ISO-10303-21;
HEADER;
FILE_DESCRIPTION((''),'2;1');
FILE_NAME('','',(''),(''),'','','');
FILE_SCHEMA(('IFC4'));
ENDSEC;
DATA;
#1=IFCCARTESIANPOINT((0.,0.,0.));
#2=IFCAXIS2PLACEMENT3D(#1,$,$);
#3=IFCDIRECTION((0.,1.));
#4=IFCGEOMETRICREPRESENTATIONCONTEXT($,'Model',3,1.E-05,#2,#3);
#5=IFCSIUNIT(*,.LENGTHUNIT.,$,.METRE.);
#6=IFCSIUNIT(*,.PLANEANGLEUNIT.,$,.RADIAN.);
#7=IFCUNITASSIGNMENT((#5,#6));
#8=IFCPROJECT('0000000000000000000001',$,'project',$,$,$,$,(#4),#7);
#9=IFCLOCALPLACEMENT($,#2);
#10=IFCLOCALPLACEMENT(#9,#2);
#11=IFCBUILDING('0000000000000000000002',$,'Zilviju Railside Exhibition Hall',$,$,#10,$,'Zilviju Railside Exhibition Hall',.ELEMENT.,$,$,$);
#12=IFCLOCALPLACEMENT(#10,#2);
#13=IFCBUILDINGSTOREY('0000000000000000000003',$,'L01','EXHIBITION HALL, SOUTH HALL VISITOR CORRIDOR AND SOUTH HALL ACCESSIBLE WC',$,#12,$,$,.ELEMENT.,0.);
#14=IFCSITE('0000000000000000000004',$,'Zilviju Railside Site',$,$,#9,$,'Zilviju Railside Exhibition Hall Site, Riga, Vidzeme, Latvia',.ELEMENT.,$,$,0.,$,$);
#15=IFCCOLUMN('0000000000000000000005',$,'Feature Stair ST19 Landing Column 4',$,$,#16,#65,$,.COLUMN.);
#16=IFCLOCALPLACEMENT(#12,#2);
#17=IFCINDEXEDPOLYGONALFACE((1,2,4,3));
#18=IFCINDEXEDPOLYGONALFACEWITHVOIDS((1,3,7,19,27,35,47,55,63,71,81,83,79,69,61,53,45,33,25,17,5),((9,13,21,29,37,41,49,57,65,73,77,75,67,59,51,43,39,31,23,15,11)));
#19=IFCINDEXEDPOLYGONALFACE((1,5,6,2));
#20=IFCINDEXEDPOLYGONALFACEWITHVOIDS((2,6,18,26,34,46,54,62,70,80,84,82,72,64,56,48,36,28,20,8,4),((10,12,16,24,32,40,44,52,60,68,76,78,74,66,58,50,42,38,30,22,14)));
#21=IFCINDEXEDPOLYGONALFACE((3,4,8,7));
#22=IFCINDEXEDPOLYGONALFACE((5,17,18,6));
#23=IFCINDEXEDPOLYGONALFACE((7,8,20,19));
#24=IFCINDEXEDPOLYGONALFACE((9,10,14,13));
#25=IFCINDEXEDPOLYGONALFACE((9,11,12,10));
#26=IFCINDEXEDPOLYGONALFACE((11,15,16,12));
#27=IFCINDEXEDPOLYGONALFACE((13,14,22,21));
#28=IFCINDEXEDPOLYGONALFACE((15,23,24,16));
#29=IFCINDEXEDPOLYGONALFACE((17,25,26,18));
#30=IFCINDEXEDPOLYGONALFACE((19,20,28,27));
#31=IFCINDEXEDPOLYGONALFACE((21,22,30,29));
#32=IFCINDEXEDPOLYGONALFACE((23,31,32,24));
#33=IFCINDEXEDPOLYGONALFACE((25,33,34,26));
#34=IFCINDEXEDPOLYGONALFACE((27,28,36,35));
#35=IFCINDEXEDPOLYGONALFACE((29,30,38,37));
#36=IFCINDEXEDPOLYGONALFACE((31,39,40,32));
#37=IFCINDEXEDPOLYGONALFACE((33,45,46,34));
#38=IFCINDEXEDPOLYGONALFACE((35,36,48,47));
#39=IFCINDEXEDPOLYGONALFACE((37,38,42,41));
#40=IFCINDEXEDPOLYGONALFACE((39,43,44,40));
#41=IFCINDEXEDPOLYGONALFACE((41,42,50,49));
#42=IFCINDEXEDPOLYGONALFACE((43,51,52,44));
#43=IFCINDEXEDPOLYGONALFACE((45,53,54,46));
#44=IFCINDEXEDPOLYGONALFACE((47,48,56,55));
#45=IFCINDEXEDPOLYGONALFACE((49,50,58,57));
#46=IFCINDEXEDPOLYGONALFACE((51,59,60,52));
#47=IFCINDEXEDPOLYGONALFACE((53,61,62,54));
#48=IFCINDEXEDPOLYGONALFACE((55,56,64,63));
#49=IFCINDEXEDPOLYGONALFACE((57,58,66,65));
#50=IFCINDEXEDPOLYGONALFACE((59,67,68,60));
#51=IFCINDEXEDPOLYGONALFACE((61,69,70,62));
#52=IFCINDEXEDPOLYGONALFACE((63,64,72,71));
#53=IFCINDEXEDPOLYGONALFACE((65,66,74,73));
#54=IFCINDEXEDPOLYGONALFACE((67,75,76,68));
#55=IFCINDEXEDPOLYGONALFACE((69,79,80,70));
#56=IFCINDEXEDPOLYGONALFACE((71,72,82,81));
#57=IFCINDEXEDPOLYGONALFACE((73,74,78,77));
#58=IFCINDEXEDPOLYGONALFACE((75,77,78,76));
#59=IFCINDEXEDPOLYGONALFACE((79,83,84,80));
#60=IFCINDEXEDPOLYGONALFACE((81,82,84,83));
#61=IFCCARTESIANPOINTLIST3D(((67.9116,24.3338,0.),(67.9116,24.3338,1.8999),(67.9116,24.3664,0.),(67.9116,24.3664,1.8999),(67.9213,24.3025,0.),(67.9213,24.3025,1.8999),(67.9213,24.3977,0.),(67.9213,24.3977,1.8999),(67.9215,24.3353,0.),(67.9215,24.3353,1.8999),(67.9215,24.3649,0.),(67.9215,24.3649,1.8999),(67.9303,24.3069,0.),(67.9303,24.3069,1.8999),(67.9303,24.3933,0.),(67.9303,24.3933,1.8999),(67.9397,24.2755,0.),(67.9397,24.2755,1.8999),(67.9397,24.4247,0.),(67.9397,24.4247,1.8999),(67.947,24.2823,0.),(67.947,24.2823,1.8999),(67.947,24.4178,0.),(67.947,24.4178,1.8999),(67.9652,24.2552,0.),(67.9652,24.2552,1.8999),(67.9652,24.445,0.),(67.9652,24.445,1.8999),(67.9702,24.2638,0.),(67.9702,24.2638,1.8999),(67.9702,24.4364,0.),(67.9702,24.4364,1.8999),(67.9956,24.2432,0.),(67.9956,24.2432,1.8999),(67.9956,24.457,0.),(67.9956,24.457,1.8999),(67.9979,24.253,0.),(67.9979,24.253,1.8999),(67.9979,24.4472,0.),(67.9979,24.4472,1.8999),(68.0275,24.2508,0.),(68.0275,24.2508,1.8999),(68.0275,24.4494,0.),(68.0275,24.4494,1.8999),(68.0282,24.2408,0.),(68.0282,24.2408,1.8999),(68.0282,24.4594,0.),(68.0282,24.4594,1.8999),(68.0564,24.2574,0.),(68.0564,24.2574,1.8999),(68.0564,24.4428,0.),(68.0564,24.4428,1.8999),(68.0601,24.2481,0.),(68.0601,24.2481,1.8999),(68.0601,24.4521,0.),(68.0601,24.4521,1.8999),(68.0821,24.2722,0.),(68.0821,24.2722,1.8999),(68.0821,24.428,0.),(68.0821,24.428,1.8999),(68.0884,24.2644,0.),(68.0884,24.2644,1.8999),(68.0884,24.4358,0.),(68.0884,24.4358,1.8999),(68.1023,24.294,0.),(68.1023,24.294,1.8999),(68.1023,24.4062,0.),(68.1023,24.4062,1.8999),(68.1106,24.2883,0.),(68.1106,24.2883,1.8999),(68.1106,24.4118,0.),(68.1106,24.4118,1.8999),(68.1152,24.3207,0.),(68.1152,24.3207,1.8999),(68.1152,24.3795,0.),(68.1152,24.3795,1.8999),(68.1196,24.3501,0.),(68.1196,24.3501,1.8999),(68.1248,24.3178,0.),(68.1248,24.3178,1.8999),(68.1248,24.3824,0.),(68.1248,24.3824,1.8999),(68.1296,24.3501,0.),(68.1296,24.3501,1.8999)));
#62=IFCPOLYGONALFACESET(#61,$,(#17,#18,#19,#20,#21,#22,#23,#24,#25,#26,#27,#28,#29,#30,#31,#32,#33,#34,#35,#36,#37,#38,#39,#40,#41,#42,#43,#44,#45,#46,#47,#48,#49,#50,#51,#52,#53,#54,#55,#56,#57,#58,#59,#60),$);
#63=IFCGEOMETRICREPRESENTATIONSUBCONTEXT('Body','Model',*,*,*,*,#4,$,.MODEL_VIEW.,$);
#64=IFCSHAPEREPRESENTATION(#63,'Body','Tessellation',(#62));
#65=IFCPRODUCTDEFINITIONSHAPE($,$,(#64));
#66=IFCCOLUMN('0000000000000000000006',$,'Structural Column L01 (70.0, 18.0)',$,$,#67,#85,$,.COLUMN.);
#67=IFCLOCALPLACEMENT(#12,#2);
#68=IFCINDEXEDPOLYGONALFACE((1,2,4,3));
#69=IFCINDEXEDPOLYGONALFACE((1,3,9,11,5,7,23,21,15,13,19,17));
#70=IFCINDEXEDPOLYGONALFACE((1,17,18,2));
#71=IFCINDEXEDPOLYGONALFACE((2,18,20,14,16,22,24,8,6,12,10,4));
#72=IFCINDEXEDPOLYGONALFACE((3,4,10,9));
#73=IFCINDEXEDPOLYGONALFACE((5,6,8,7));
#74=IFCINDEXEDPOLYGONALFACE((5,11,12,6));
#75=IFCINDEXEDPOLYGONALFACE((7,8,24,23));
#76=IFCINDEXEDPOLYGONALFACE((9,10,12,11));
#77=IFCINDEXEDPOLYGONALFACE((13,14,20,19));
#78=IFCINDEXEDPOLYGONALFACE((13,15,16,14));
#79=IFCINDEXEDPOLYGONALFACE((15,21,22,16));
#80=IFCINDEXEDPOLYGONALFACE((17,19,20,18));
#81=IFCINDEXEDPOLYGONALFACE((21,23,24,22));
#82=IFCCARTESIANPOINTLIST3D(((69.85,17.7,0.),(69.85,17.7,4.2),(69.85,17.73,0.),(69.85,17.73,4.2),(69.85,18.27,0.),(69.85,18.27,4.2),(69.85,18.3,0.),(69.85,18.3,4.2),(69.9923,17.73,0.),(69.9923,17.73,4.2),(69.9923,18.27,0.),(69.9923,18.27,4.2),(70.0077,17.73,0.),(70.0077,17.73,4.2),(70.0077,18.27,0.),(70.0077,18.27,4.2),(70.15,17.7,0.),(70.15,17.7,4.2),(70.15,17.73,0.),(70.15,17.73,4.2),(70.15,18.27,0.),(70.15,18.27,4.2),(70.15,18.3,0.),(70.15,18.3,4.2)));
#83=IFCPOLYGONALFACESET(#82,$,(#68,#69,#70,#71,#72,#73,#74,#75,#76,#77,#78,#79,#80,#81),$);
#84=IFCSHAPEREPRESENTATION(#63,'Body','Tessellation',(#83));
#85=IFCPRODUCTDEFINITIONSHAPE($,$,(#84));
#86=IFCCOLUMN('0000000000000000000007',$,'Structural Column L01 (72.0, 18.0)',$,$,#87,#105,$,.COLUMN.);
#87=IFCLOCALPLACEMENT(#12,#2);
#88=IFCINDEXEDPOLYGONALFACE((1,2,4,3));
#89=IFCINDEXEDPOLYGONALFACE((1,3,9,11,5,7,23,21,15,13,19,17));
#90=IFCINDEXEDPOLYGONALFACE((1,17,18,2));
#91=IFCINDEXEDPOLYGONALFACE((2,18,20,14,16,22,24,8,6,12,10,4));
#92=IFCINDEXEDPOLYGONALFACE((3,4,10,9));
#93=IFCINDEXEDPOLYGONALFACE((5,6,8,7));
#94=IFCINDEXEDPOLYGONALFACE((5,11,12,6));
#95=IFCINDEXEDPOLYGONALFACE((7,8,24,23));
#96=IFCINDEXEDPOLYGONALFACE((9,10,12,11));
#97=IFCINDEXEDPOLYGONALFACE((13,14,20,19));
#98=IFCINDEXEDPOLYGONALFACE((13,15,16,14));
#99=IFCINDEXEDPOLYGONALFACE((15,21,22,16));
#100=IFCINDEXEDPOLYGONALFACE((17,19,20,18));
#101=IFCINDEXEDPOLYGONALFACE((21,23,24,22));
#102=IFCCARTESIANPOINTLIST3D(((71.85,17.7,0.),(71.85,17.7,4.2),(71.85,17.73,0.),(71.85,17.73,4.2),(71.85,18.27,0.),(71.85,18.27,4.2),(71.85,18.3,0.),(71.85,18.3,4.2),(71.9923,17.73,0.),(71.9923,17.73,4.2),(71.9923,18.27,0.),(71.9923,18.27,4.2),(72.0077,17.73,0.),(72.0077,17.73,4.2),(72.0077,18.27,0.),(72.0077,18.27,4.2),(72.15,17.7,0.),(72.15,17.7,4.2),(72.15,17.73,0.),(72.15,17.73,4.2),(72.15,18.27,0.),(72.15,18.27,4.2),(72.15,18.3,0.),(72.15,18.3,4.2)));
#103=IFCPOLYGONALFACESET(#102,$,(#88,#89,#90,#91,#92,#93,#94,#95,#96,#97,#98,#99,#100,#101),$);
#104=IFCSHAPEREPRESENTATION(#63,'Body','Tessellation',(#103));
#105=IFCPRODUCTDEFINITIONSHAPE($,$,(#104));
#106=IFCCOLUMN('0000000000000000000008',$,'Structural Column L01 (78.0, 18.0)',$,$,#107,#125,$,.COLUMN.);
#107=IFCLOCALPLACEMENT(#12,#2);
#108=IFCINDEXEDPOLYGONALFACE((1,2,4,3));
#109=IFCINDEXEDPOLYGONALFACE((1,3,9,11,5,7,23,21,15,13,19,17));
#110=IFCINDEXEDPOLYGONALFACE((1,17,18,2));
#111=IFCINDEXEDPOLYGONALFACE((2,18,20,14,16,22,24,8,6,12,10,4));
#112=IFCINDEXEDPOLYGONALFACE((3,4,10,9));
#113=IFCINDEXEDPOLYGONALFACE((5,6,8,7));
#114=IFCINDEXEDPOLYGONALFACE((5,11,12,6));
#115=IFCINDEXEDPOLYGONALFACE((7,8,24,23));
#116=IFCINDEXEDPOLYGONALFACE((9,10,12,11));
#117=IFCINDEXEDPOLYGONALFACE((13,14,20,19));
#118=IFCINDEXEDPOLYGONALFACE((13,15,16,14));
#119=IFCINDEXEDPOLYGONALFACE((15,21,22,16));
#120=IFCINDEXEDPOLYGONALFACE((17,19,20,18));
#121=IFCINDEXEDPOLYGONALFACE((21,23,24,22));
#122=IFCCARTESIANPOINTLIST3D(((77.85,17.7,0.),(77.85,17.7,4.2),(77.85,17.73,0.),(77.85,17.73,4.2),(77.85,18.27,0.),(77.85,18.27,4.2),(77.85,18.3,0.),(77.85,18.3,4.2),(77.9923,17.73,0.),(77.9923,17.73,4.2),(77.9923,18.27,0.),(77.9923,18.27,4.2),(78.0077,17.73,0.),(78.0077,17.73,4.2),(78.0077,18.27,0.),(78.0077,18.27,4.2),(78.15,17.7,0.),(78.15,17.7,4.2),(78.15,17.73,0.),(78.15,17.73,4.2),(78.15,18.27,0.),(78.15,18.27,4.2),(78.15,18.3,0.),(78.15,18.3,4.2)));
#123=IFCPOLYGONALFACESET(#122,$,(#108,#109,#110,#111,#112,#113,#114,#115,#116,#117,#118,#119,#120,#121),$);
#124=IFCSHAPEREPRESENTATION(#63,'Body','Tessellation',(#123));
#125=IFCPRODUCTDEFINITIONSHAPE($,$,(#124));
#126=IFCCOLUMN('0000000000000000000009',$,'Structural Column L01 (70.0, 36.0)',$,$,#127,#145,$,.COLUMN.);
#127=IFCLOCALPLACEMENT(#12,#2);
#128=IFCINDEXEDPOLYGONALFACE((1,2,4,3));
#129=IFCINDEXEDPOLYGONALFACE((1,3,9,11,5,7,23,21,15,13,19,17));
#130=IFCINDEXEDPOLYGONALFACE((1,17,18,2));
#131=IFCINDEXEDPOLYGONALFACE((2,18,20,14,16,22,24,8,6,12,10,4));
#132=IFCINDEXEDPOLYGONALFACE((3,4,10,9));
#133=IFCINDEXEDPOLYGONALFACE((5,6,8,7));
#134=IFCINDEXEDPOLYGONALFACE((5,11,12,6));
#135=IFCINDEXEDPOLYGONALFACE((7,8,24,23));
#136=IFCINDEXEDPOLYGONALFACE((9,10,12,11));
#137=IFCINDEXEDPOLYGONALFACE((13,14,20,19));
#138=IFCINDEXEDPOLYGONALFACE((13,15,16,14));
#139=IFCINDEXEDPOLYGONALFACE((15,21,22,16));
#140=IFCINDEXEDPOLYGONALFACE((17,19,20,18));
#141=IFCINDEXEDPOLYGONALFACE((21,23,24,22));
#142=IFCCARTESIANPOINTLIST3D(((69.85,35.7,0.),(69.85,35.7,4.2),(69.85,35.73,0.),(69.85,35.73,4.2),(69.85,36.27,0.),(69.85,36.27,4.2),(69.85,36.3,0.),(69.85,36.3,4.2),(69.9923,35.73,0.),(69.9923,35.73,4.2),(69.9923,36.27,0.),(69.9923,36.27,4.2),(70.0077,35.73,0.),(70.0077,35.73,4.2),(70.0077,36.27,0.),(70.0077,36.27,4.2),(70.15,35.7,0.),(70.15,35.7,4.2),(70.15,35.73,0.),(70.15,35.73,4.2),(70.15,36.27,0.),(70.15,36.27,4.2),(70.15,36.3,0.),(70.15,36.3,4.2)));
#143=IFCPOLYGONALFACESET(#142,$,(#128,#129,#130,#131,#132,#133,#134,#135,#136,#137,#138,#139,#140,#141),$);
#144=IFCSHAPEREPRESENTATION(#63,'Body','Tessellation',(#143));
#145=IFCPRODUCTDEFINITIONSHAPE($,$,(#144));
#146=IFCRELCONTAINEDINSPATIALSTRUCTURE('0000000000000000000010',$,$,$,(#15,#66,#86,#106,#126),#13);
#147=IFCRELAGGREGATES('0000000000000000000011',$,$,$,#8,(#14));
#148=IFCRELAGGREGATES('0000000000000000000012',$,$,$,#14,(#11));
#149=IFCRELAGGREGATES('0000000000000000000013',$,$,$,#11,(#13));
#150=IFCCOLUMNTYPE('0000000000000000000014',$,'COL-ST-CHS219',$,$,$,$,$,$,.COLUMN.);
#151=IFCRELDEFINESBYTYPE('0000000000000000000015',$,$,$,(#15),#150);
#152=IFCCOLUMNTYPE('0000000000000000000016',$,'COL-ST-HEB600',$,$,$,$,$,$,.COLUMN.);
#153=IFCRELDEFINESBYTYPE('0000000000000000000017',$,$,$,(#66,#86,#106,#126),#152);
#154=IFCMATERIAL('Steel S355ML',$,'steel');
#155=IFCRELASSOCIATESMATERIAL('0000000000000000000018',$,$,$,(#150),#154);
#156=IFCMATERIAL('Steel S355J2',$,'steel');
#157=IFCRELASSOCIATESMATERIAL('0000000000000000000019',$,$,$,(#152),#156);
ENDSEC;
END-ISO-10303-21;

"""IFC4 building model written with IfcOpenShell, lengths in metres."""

from ifc_helpers import new_model, si_unit, direction, frame, origin, origin_2d, place, context, subcontext, project, spatial, hollow_circle, i_section, extrude, material, material_profile, profile_set, type_object, element, save


model = new_model("IFC4")

# Units and contexts
model_context = context("Model", 3, precision=1e-05, world=origin(), true_north=direction((0.0, 1.0)))
body_context = subcontext(model_context, "Body", "Model", "MODEL_VIEW")
ifc_project = project(units=[si_unit("LENGTHUNIT", "METRE"), si_unit("PLANEANGLEUNIT", "RADIAN")], contexts=[model_context])

# Site, building, storey
site_placement = place(None, origin())
site = spatial("IfcSite", under=ifc_project, at=site_placement, Name="Zilviju Railside Site", LongName="Zilviju Railside Exhibition Hall Site, Riga, Vidzeme, Latvia", CompositionType="ELEMENT", RefElevation=0.0)
building_placement = place(site_placement, origin())
building = spatial("IfcBuilding", under=site, at=building_placement, Name="Zilviju Railside Exhibition Hall", LongName="Zilviju Railside Exhibition Hall", CompositionType="ELEMENT")
storey_placement = place(building_placement, origin())
storey = spatial("IfcBuildingStorey", under=building, at=storey_placement, Name="L01", Description="EXHIBITION HALL, SOUTH HALL VISITOR CORRIDOR AND SOUTH HALL ACCESSIBLE WC", CompositionType="ELEMENT", Elevation=0.0)

# Columns
ifc_material_1 = material(Name="Steel S355ML", Category="steel")
ifc_material_profile_1 = material_profile(ifc_material_1, hollow_circle(Radius=0.1096, WallThickness=0.01, at=origin_2d()), Name="CHS 219.1x10.0")
ifc_profile_set_1 = profile_set([ifc_material_profile_1], Name="Steel S355ML")
column_type_1 = type_object("IfcColumnType", Name="COL-ST-CHS219", PredefinedType="COLUMN", material=ifc_profile_set_1)
for number, where, z_axis, x_axis, name in (
    (1, (68.02, 24.3501, 0.0), (0.0, 0.0, 1.0), (1.0, 0.0, 0.0), "Feature Stair ST19 Landing Column 4"),
):
    element("IfcColumn", number, at=place(storey_placement, frame(where, z_axis=z_axis, x_axis=x_axis)), inside=storey, type_object=column_type_1, Name=name, PredefinedType="COLUMN", context=body_context, shape_type="SweptSolid", body=[
        extrude(hollow_circle(Radius=0.1096, WallThickness=0.01, at=origin_2d()), origin(), (0.0, 0.0, 1.0), 1.8999),
    ])
ifc_material_2 = material(Name="Steel S355J2", Category="steel")
ifc_material_profile_2 = material_profile(ifc_material_2, i_section(OverallWidth=0.3, OverallDepth=0.6001, WebThickness=0.0154, FlangeThickness=0.03, at=origin_2d()), Name="HEB 600")
ifc_profile_set_2 = profile_set([ifc_material_profile_2], Name="Steel S355J2")
column_type_2 = type_object("IfcColumnType", Name="COL-ST-HEB600", PredefinedType="COLUMN", material=ifc_profile_set_2)
for number, where, z_axis, x_axis, name in (
    (2, (70.0, 18.0, 0.0), (0.0, 0.0, 1.0), (1.0, 0.0, 0.0), "Structural Column L01 (70.0, 18.0)"),
    (3, (72.0, 18.0, 0.0), (0.0, 0.0, 1.0), (1.0, 0.0, 0.0), "Structural Column L01 (72.0, 18.0)"),
    (4, (78.0, 18.0, 0.0), (0.0, 0.0, 1.0), (1.0, 0.0, 0.0), "Structural Column L01 (78.0, 18.0)"),
    (5, (70.0, 36.0, 0.0), (0.0, 0.0, 1.0), (1.0, 0.0, 0.0), "Structural Column L01 (70.0, 36.0)"),
):
    element("IfcColumn", number, at=place(storey_placement, frame(where, z_axis=z_axis, x_axis=x_axis)), inside=storey, type_object=column_type_2, Name=name, PredefinedType="COLUMN", context=body_context, shape_type="SweptSolid", body=[
        extrude(i_section(OverallWidth=0.3, OverallDepth=0.6001, WebThickness=0.0154, FlangeThickness=0.03, at=origin_2d()), origin(), (0.0, 0.0, 1.0), 4.2),
    ])

save(model, "model.ifc")
